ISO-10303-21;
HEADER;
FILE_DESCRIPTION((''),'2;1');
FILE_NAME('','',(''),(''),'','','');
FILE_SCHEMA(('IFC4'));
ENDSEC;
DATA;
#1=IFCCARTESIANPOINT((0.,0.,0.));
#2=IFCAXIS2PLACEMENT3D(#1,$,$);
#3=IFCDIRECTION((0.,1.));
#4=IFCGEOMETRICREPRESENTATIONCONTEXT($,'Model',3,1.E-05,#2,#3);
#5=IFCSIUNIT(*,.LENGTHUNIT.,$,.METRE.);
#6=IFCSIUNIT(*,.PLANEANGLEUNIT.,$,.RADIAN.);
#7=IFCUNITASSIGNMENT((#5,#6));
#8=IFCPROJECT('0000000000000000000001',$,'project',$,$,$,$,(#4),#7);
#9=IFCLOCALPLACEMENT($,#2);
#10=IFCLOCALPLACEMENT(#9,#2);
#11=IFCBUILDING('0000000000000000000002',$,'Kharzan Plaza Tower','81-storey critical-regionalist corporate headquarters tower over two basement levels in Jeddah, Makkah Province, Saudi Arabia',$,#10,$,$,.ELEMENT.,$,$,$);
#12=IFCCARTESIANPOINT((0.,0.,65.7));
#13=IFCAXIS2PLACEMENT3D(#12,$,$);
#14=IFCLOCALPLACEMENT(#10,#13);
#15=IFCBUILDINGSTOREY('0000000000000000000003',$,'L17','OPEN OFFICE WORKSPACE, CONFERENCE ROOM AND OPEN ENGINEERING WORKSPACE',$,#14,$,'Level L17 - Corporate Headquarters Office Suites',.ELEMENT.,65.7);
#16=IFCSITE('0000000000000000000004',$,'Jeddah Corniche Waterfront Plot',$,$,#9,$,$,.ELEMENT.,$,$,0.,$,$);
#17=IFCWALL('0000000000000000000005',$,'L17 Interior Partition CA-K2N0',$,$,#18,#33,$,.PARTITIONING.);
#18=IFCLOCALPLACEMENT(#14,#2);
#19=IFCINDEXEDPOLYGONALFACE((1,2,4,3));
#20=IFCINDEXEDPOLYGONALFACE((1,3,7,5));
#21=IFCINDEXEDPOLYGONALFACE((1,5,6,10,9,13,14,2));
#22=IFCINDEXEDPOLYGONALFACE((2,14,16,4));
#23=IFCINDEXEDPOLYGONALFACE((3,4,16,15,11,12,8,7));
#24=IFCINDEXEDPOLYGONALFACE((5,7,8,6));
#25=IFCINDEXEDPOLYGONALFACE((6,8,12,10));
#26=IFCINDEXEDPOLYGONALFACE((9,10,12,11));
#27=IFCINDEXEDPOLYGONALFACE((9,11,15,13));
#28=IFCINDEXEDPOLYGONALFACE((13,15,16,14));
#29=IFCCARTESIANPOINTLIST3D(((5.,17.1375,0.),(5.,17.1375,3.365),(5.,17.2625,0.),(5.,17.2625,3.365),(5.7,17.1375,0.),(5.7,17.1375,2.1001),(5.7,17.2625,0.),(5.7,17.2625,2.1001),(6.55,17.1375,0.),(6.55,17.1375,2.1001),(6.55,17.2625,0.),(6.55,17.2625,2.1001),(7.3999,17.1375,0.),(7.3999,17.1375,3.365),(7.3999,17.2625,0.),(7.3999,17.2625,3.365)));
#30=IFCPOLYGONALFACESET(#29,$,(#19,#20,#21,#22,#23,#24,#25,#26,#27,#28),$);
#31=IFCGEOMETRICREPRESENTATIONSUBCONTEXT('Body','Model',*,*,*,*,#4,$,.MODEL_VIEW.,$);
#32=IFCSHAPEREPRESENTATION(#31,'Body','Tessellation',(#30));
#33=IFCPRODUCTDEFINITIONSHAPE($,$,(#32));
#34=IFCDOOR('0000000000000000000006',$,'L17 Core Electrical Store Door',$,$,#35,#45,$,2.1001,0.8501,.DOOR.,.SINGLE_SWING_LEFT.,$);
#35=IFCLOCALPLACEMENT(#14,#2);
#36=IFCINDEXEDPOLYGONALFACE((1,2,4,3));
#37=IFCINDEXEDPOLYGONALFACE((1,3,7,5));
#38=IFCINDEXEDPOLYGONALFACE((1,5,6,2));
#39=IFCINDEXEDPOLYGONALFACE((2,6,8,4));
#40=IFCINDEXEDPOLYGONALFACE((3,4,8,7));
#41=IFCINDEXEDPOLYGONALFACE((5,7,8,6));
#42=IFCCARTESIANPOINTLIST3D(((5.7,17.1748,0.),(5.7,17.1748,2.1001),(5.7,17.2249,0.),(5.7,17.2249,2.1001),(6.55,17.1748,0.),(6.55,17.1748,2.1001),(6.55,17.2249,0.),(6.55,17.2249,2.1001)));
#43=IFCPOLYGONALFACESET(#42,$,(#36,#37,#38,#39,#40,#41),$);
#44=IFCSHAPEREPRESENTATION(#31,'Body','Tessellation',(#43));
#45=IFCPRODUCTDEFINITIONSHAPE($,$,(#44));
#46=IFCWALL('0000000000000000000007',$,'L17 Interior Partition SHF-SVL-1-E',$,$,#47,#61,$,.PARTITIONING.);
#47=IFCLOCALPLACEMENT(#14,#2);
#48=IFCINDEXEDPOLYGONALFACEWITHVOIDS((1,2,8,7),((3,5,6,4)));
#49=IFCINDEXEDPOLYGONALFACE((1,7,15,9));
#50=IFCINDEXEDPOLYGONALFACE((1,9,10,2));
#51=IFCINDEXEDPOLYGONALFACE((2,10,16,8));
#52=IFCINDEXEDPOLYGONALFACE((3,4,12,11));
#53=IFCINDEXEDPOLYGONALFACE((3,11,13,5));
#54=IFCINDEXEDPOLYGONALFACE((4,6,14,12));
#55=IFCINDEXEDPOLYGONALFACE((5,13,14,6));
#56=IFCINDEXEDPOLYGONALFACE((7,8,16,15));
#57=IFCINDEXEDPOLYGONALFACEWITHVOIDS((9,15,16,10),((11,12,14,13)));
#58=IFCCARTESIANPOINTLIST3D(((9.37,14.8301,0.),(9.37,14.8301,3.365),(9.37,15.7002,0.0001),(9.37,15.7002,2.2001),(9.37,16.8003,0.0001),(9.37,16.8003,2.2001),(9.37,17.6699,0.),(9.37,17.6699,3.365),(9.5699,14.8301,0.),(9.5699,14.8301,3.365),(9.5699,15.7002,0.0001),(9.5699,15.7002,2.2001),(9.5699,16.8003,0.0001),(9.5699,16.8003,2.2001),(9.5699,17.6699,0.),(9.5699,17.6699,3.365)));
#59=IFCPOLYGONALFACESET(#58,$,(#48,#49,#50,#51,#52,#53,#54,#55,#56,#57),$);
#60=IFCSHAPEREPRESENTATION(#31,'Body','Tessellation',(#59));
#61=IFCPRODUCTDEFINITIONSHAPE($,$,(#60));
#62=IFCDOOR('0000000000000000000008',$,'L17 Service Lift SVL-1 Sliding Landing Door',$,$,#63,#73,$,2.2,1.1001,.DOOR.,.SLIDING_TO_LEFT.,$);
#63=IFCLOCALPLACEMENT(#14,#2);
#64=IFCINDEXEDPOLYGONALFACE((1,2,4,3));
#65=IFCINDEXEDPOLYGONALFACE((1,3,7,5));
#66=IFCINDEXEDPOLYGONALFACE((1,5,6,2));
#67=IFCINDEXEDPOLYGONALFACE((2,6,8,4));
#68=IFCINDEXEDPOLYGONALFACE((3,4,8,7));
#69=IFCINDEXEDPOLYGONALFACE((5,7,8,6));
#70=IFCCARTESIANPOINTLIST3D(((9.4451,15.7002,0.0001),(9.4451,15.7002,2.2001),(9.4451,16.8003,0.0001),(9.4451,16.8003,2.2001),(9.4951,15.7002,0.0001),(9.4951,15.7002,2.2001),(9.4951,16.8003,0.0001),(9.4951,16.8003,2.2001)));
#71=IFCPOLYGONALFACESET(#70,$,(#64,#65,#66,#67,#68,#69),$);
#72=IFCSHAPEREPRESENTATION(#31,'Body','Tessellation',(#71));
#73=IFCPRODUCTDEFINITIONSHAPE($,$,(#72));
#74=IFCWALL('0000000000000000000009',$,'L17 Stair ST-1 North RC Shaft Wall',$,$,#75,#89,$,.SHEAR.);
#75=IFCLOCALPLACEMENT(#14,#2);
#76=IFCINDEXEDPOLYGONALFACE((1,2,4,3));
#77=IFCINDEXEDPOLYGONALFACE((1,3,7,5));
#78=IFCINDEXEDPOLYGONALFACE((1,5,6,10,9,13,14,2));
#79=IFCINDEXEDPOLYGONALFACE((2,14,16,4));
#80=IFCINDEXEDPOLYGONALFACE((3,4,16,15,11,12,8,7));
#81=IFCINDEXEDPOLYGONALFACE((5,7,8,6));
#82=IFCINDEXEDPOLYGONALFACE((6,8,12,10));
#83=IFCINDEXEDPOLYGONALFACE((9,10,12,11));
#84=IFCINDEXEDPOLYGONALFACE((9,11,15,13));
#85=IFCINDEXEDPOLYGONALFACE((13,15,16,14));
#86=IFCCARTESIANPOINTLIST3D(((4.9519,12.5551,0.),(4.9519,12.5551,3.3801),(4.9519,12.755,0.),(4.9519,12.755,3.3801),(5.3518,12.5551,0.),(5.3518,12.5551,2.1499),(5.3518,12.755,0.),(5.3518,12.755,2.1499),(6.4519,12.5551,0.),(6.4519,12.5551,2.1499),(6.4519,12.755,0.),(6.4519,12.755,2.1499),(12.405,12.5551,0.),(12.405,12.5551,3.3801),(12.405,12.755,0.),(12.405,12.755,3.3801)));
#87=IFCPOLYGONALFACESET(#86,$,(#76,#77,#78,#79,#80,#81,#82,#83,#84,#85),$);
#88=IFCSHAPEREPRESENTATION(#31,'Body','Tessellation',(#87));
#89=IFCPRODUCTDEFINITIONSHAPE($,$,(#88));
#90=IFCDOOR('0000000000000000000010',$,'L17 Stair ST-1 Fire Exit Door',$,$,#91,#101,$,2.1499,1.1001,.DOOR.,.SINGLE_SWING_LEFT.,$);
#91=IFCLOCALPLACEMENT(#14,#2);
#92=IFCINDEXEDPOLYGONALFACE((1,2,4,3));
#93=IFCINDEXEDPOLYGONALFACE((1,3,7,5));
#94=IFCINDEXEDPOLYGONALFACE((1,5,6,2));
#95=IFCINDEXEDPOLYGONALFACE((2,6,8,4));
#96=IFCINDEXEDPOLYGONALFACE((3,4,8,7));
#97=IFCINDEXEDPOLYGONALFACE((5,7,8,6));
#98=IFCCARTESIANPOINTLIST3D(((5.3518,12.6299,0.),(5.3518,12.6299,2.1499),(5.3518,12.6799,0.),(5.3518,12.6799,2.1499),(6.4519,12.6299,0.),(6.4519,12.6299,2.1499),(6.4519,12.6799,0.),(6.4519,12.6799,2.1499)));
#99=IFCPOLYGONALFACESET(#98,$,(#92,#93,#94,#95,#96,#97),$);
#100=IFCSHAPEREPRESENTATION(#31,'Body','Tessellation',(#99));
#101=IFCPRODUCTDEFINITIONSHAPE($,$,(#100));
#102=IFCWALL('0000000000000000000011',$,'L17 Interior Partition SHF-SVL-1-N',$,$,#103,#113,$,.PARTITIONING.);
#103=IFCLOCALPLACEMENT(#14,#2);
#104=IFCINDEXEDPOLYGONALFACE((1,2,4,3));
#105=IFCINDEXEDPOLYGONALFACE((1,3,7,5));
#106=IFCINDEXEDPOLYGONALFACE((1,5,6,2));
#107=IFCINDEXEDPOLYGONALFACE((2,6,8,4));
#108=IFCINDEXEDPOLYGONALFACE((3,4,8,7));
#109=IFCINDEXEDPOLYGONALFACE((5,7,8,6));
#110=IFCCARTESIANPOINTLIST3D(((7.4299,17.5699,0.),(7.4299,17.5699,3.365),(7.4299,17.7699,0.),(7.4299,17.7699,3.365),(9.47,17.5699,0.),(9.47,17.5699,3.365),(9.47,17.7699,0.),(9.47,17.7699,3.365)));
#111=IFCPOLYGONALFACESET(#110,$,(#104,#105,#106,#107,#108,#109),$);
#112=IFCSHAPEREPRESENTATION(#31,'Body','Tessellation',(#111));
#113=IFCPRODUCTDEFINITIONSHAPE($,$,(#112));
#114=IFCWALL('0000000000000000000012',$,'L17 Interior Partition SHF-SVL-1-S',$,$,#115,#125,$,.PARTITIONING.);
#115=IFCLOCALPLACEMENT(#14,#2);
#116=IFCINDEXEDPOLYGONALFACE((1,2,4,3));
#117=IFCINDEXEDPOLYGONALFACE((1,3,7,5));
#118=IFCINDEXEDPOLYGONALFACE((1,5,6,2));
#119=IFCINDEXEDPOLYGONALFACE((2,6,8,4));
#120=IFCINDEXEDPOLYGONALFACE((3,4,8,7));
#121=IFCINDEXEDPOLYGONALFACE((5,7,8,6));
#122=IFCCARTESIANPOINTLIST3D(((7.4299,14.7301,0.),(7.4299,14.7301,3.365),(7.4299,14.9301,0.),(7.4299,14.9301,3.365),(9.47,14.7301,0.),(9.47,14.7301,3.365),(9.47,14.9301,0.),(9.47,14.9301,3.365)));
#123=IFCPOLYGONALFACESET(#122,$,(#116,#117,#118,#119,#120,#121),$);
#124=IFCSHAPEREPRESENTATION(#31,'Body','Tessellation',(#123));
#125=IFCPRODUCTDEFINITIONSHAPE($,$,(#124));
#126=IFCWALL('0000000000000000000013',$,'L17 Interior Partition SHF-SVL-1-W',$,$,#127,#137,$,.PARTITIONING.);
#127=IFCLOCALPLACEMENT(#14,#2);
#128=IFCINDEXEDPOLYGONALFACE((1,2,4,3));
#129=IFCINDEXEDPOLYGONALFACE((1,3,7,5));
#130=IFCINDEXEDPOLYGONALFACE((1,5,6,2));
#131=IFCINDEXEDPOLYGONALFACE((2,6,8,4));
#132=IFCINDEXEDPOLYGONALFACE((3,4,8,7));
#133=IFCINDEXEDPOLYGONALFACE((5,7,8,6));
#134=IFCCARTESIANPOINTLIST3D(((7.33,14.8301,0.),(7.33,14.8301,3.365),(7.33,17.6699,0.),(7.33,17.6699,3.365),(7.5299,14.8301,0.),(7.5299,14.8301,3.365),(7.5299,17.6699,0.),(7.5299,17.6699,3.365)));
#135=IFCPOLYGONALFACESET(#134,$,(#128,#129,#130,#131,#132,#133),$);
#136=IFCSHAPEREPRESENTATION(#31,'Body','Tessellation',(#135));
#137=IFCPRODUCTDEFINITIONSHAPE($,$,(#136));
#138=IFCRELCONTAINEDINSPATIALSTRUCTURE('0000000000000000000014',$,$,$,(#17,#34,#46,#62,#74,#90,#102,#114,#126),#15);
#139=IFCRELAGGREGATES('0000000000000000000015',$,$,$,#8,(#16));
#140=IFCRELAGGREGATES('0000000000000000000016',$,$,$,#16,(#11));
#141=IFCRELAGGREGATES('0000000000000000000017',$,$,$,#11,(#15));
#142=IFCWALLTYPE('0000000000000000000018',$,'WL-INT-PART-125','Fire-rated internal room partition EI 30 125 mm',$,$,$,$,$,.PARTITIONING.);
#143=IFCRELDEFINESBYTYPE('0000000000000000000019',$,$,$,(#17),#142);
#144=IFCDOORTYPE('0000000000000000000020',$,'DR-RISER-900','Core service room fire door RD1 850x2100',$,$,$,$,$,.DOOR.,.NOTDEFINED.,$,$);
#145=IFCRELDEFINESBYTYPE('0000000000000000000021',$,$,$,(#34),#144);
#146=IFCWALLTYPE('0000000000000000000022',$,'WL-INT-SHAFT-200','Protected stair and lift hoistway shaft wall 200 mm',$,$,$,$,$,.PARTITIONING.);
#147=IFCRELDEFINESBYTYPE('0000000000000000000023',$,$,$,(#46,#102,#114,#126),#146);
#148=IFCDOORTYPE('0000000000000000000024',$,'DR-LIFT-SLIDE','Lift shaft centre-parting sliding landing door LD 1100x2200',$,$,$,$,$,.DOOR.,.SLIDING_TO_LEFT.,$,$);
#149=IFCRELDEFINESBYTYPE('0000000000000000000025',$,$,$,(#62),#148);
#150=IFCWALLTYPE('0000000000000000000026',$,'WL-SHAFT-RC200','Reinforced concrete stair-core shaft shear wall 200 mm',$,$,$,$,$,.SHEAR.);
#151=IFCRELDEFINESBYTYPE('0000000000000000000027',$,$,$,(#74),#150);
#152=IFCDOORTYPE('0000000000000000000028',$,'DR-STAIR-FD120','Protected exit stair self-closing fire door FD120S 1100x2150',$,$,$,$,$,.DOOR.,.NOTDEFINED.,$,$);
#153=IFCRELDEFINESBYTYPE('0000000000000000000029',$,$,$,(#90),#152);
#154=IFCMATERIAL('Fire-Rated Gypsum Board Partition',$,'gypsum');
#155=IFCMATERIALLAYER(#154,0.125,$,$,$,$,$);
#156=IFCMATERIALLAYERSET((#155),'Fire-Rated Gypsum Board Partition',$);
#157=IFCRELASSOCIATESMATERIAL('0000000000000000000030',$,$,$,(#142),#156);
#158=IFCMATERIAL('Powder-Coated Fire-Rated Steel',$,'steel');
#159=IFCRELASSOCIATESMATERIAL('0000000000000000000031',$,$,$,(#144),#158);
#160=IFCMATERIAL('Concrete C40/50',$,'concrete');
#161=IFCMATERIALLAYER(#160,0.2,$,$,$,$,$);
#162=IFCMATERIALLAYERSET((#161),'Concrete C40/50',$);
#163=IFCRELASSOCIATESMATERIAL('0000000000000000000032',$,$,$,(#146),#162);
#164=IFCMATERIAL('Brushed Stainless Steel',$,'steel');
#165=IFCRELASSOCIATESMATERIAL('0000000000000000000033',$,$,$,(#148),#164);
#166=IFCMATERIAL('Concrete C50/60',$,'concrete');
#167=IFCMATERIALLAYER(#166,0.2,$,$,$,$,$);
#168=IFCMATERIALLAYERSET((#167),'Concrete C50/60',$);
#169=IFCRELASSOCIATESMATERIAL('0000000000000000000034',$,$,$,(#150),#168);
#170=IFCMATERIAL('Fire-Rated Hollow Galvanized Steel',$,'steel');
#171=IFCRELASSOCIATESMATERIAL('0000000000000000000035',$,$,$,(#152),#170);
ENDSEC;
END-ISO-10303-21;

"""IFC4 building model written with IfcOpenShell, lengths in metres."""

from ifc_helpers import new_model, si_unit, direction, frame, frame_2d, origin, place, context, subcontext, project, spatial, rectangle, extrude, source, transform, mapped, material, layer, layer_set, type_object, element, fill, save


model = new_model("IFC4")

# Units and contexts
model_context = context("Model", 3, precision=1e-05, world=origin(), true_north=direction((0.0, 1.0)))
body_context = subcontext(model_context, "Body", "Model", "MODEL_VIEW")
ifc_project = project(units=[si_unit("LENGTHUNIT", "METRE"), si_unit("PLANEANGLEUNIT", "RADIAN")], contexts=[model_context])

# Site, building, storey
site_placement = place(None, origin())
site = spatial("IfcSite", under=ifc_project, at=site_placement, Name="Jeddah Corniche Waterfront Plot", CompositionType="ELEMENT", RefElevation=0.0)
building_placement = place(site_placement, origin())
building = spatial("IfcBuilding", under=site, at=building_placement, Name="Kharzan Plaza Tower", Description="81-storey critical-regionalist corporate headquarters tower over two basement levels in Jeddah, Makkah Province, Saudi Arabia", CompositionType="ELEMENT")
storey_placement = place(building_placement, frame((0.0, 0.0, 65.7)))
storey = spatial("IfcBuildingStorey", under=building, at=storey_placement, Name="L17", Description="OPEN OFFICE WORKSPACE, CONFERENCE ROOM AND OPEN ENGINEERING WORKSPACE", LongName="Level L17 - Corporate Headquarters Office Suites", CompositionType="ELEMENT", Elevation=65.7)

# Shared definitions
ifc_material_1 = material(Name="Concrete C40/50", Category="concrete")

# Walls, openings, doors
ifc_material_2 = material(Name="Fire-Rated Gypsum Board Partition", Category="gypsum")
ifc_layer_1 = layer(ifc_material_2, 0.125)
ifc_layer_set_1 = layer_set([ifc_layer_1], Name="Fire-Rated Gypsum Board Partition")
wall_type_1 = type_object("IfcWallType", Name="WL-INT-PART-125", Description="Fire-rated internal room partition EI 30 125 mm", PredefinedType="PARTITIONING", material=ifc_layer_set_1)
wall_1_placement = place(storey_placement, frame((5.0, 17.2, 0.0), z_axis=(0.0, 0.0, 1.0), x_axis=(1.0, 0.0, 0.0)))
wall_1 = element("IfcWall", 1, at=wall_1_placement, inside=storey, type_object=wall_type_1, Name="L17 Interior Partition CA-K2N0", PredefinedType="PARTITIONING", context=body_context, shape_type="SweptSolid", body=[
    extrude(rectangle(XDim=2.3999, YDim=0.125, at=frame_2d((1.2, 0.0))), origin(), (0.0, 0.0, 1.0), 3.365),
])
opening_1_placement = place(wall_1_placement, frame((0.7, 0.0, 0.0)))
opening_1 = element("IfcOpeningElement", 2, at=opening_1_placement, cuts=wall_1, PredefinedType="OPENING", context=body_context, shape_type="SweptSolid", body=[
    extrude(rectangle(XDim=0.8501, YDim=2.1001, at=frame_2d((0.425, 1.05))), frame((0.0, 0.0725, 0.0), z_axis=(0.0, -1.0, 0.0), x_axis=(1.0, 0.0, 0.0)), (0.0, 0.0, 1.0), 0.145),
])
ifc_material_3 = material(Name="Powder-Coated Fire-Rated Steel", Category="steel")
door_type_1 = type_object("IfcDoorType", Name="DR-RISER-900", Description="Core service room fire door RD1 850x2100", OperationType="NOTDEFINED", PredefinedType="DOOR", material=ifc_material_3)
shared_shape_1 = source(origin(), body_context, "Body", "SweptSolid", [
    extrude(rectangle(XDim=0.8501, YDim=2.1001, at=frame_2d((0.425, 1.05))), frame((0.0, 0.0249, 0.0), z_axis=(0.0, -1.0, 0.0), x_axis=(1.0, 0.0, 0.0)), (0.0, 0.0, 1.0), 0.05),
])
door_1_placement = place(opening_1_placement, origin())
door_1 = element("IfcDoor", 3, at=door_1_placement, inside=storey, type_object=door_type_1, Name="L17 Core Electrical Store Door", OperationType="SINGLE_SWING_LEFT", OverallHeight=2.1001, OverallWidth=0.8501, PredefinedType="DOOR", context=body_context, shape_type="MappedRepresentation", body=[
    mapped(shared_shape_1, transform((0.0, 0.0, 0.0), x_axis=(1.0, 0.0, 0.0), y_axis=(0.0, 1.0, 0.0), z_axis=(0.0, 0.0, 1.0))),
])
fill(opening_1, door_1)
ifc_layer_2 = layer(ifc_material_1, 0.2)
ifc_layer_set_2 = layer_set([ifc_layer_2], Name="Concrete C40/50")
wall_type_2 = type_object("IfcWallType", Name="WL-INT-SHAFT-200", Description="Protected stair and lift hoistway shaft wall 200 mm", PredefinedType="PARTITIONING", material=ifc_layer_set_2)
wall_2_placement = place(storey_placement, frame((9.47, 14.8301, 0.0), z_axis=(0.0, 0.0, 1.0), x_axis=(0.0, 1.0, 0.0)))
wall_2 = element("IfcWall", 4, at=wall_2_placement, inside=storey, type_object=wall_type_2, Name="L17 Interior Partition SHF-SVL-1-E", PredefinedType="PARTITIONING", context=body_context, shape_type="SweptSolid", body=[
    extrude(rectangle(XDim=2.8398, YDim=0.2, at=frame_2d((1.4199, 0.0))), origin(), (0.0, 0.0, 1.0), 3.365),
])
opening_2_placement = place(wall_2_placement, frame((0.8701, 0.0, 0.0)))
opening_2 = element("IfcOpeningElement", 5, at=opening_2_placement, cuts=wall_2, PredefinedType="OPENING", context=body_context, shape_type="SweptSolid", body=[
    extrude(rectangle(XDim=1.1001, YDim=2.2, at=frame_2d((0.55, 1.1001))), frame((0.0, 0.1099, 0.0), z_axis=(0.0, -1.0, 0.0), x_axis=(1.0, 0.0, 0.0)), (0.0, 0.0, 1.0), 0.22),
])
ifc_material_4 = material(Name="Brushed Stainless Steel", Category="steel")
door_type_2 = type_object("IfcDoorType", Name="DR-LIFT-SLIDE", Description="Lift shaft centre-parting sliding landing door LD 1100x2200", OperationType="SLIDING_TO_LEFT", PredefinedType="DOOR", material=ifc_material_4)
shared_shape_2 = source(origin(), body_context, "Body", "SweptSolid", [
    extrude(rectangle(XDim=1.1001, YDim=2.2, at=frame_2d((0.55, 1.1001))), frame((0.0, 0.0249, 0.0), z_axis=(0.0, -1.0, 0.0), x_axis=(1.0, 0.0, 0.0)), (0.0, 0.0, 1.0), 0.05),
])
door_2_placement = place(opening_2_placement, origin())
door_2 = element("IfcDoor", 6, at=door_2_placement, inside=storey, type_object=door_type_2, Name="L17 Service Lift SVL-1 Sliding Landing Door", OperationType="SLIDING_TO_LEFT", OverallHeight=2.2, OverallWidth=1.1001, PredefinedType="DOOR", context=body_context, shape_type="MappedRepresentation", body=[
    mapped(shared_shape_2, transform((0.0, 0.0, 0.0), x_axis=(1.0, 0.0, 0.0), y_axis=(0.0, 1.0, 0.0), z_axis=(0.0, 0.0, 1.0))),
])
fill(opening_2, door_2)
ifc_material_5 = material(Name="Concrete C50/60", Category="concrete")
ifc_layer_3 = layer(ifc_material_5, 0.2)
ifc_layer_set_3 = layer_set([ifc_layer_3], Name="Concrete C50/60")
wall_type_3 = type_object("IfcWallType", Name="WL-SHAFT-RC200", Description="Reinforced concrete stair-core shaft shear wall 200 mm", PredefinedType="SHEAR", material=ifc_layer_set_3)
wall_3_placement = place(storey_placement, frame((4.9519, 12.655, 0.0), z_axis=(0.0, 0.0, 1.0), x_axis=(1.0, 0.0, 0.0)))
wall_3 = element("IfcWall", 7, at=wall_3_placement, inside=storey, type_object=wall_type_3, Name="L17 Stair ST-1 North RC Shaft Wall", PredefinedType="SHEAR", context=body_context, shape_type="SweptSolid", body=[
    extrude(rectangle(XDim=7.4531, YDim=0.2, at=frame_2d((3.7266, 0.0))), origin(), (0.0, 0.0, 1.0), 3.3801),
])
opening_3_placement = place(wall_3_placement, frame((0.3999, 0.0, 0.0)))
opening_3 = element("IfcOpeningElement", 8, at=opening_3_placement, cuts=wall_3, PredefinedType="OPENING", context=body_context, shape_type="SweptSolid", body=[
    extrude(rectangle(XDim=1.1001, YDim=2.1499, at=frame_2d((0.55, 1.075))), frame((0.0, 0.1099, 0.0), z_axis=(0.0, -1.0, 0.0), x_axis=(1.0, 0.0, 0.0)), (0.0, 0.0, 1.0), 0.22),
])
ifc_material_6 = material(Name="Fire-Rated Hollow Galvanized Steel", Category="steel")
door_type_3 = type_object("IfcDoorType", Name="DR-STAIR-FD120", Description="Protected exit stair self-closing fire door FD120S 1100x2150", OperationType="NOTDEFINED", PredefinedType="DOOR", material=ifc_material_6)
shared_shape_3 = source(origin(), body_context, "Body", "SweptSolid", [
    extrude(rectangle(XDim=1.1001, YDim=2.1499, at=frame_2d((0.55, 1.075))), frame((0.0, 0.0249, 0.0), z_axis=(0.0, -1.0, 0.0), x_axis=(1.0, 0.0, 0.0)), (0.0, 0.0, 1.0), 0.05),
])
door_3_placement = place(opening_3_placement, origin())
door_3 = element("IfcDoor", 9, at=door_3_placement, inside=storey, type_object=door_type_3, Name="L17 Stair ST-1 Fire Exit Door", OperationType="SINGLE_SWING_LEFT", OverallHeight=2.1499, OverallWidth=1.1001, PredefinedType="DOOR", context=body_context, shape_type="MappedRepresentation", body=[
    mapped(shared_shape_3, transform((0.0, 0.0, 0.0), x_axis=(1.0, 0.0, 0.0), y_axis=(0.0, 1.0, 0.0), z_axis=(0.0, 0.0, 1.0))),
])
fill(opening_3, door_3)

# Walls
shared_shape_4 = source(origin(), body_context, "Body", "SweptSolid", [
    extrude(rectangle(XDim=2.04, YDim=0.2, at=frame_2d((1.02, 0.0))), origin(), (0.0, 0.0, 1.0), 3.365),
])
for number, where, z_axis, x_axis, name in (
    (10, (7.4299, 17.6699, 0.0), (0.0, 0.0, 1.0), (1.0, 0.0, 0.0), "L17 Interior Partition SHF-SVL-1-N"),
    (11, (7.4299, 14.8301, 0.0), (0.0, 0.0, 1.0), (1.0, 0.0, 0.0), "L17 Interior Partition SHF-SVL-1-S"),
):
    element("IfcWall", number, at=place(storey_placement, frame(where, z_axis=z_axis, x_axis=x_axis)), inside=storey, type_object=wall_type_2, Name=name, PredefinedType="PARTITIONING", context=body_context, shape_type="MappedRepresentation", body=[
        mapped(shared_shape_4, transform((0.0, 0.0, 0.0), x_axis=(1.0, 0.0, 0.0), y_axis=(0.0, 1.0, 0.0), z_axis=(0.0, 0.0, 1.0))),
    ])
shared_shape_5 = source(origin(), body_context, "Body", "SweptSolid", [
    extrude(rectangle(XDim=2.8398, YDim=0.2, at=frame_2d((1.4199, 0.0))), origin(), (0.0, 0.0, 1.0), 3.365),
])
wall_4_placement = place(storey_placement, frame((7.4299, 14.8301, 0.0), z_axis=(0.0, 0.0, 1.0), x_axis=(0.0, 1.0, 0.0)))
element("IfcWall", 12, at=wall_4_placement, inside=storey, type_object=wall_type_2, Name="L17 Interior Partition SHF-SVL-1-W", PredefinedType="PARTITIONING", context=body_context, shape_type="MappedRepresentation", body=[
    mapped(shared_shape_5, transform((0.0, 0.0, 0.0), x_axis=(1.0, 0.0, 0.0), y_axis=(0.0, 1.0, 0.0), z_axis=(0.0, 0.0, 1.0))),
])

save(model, "model.ifc")
